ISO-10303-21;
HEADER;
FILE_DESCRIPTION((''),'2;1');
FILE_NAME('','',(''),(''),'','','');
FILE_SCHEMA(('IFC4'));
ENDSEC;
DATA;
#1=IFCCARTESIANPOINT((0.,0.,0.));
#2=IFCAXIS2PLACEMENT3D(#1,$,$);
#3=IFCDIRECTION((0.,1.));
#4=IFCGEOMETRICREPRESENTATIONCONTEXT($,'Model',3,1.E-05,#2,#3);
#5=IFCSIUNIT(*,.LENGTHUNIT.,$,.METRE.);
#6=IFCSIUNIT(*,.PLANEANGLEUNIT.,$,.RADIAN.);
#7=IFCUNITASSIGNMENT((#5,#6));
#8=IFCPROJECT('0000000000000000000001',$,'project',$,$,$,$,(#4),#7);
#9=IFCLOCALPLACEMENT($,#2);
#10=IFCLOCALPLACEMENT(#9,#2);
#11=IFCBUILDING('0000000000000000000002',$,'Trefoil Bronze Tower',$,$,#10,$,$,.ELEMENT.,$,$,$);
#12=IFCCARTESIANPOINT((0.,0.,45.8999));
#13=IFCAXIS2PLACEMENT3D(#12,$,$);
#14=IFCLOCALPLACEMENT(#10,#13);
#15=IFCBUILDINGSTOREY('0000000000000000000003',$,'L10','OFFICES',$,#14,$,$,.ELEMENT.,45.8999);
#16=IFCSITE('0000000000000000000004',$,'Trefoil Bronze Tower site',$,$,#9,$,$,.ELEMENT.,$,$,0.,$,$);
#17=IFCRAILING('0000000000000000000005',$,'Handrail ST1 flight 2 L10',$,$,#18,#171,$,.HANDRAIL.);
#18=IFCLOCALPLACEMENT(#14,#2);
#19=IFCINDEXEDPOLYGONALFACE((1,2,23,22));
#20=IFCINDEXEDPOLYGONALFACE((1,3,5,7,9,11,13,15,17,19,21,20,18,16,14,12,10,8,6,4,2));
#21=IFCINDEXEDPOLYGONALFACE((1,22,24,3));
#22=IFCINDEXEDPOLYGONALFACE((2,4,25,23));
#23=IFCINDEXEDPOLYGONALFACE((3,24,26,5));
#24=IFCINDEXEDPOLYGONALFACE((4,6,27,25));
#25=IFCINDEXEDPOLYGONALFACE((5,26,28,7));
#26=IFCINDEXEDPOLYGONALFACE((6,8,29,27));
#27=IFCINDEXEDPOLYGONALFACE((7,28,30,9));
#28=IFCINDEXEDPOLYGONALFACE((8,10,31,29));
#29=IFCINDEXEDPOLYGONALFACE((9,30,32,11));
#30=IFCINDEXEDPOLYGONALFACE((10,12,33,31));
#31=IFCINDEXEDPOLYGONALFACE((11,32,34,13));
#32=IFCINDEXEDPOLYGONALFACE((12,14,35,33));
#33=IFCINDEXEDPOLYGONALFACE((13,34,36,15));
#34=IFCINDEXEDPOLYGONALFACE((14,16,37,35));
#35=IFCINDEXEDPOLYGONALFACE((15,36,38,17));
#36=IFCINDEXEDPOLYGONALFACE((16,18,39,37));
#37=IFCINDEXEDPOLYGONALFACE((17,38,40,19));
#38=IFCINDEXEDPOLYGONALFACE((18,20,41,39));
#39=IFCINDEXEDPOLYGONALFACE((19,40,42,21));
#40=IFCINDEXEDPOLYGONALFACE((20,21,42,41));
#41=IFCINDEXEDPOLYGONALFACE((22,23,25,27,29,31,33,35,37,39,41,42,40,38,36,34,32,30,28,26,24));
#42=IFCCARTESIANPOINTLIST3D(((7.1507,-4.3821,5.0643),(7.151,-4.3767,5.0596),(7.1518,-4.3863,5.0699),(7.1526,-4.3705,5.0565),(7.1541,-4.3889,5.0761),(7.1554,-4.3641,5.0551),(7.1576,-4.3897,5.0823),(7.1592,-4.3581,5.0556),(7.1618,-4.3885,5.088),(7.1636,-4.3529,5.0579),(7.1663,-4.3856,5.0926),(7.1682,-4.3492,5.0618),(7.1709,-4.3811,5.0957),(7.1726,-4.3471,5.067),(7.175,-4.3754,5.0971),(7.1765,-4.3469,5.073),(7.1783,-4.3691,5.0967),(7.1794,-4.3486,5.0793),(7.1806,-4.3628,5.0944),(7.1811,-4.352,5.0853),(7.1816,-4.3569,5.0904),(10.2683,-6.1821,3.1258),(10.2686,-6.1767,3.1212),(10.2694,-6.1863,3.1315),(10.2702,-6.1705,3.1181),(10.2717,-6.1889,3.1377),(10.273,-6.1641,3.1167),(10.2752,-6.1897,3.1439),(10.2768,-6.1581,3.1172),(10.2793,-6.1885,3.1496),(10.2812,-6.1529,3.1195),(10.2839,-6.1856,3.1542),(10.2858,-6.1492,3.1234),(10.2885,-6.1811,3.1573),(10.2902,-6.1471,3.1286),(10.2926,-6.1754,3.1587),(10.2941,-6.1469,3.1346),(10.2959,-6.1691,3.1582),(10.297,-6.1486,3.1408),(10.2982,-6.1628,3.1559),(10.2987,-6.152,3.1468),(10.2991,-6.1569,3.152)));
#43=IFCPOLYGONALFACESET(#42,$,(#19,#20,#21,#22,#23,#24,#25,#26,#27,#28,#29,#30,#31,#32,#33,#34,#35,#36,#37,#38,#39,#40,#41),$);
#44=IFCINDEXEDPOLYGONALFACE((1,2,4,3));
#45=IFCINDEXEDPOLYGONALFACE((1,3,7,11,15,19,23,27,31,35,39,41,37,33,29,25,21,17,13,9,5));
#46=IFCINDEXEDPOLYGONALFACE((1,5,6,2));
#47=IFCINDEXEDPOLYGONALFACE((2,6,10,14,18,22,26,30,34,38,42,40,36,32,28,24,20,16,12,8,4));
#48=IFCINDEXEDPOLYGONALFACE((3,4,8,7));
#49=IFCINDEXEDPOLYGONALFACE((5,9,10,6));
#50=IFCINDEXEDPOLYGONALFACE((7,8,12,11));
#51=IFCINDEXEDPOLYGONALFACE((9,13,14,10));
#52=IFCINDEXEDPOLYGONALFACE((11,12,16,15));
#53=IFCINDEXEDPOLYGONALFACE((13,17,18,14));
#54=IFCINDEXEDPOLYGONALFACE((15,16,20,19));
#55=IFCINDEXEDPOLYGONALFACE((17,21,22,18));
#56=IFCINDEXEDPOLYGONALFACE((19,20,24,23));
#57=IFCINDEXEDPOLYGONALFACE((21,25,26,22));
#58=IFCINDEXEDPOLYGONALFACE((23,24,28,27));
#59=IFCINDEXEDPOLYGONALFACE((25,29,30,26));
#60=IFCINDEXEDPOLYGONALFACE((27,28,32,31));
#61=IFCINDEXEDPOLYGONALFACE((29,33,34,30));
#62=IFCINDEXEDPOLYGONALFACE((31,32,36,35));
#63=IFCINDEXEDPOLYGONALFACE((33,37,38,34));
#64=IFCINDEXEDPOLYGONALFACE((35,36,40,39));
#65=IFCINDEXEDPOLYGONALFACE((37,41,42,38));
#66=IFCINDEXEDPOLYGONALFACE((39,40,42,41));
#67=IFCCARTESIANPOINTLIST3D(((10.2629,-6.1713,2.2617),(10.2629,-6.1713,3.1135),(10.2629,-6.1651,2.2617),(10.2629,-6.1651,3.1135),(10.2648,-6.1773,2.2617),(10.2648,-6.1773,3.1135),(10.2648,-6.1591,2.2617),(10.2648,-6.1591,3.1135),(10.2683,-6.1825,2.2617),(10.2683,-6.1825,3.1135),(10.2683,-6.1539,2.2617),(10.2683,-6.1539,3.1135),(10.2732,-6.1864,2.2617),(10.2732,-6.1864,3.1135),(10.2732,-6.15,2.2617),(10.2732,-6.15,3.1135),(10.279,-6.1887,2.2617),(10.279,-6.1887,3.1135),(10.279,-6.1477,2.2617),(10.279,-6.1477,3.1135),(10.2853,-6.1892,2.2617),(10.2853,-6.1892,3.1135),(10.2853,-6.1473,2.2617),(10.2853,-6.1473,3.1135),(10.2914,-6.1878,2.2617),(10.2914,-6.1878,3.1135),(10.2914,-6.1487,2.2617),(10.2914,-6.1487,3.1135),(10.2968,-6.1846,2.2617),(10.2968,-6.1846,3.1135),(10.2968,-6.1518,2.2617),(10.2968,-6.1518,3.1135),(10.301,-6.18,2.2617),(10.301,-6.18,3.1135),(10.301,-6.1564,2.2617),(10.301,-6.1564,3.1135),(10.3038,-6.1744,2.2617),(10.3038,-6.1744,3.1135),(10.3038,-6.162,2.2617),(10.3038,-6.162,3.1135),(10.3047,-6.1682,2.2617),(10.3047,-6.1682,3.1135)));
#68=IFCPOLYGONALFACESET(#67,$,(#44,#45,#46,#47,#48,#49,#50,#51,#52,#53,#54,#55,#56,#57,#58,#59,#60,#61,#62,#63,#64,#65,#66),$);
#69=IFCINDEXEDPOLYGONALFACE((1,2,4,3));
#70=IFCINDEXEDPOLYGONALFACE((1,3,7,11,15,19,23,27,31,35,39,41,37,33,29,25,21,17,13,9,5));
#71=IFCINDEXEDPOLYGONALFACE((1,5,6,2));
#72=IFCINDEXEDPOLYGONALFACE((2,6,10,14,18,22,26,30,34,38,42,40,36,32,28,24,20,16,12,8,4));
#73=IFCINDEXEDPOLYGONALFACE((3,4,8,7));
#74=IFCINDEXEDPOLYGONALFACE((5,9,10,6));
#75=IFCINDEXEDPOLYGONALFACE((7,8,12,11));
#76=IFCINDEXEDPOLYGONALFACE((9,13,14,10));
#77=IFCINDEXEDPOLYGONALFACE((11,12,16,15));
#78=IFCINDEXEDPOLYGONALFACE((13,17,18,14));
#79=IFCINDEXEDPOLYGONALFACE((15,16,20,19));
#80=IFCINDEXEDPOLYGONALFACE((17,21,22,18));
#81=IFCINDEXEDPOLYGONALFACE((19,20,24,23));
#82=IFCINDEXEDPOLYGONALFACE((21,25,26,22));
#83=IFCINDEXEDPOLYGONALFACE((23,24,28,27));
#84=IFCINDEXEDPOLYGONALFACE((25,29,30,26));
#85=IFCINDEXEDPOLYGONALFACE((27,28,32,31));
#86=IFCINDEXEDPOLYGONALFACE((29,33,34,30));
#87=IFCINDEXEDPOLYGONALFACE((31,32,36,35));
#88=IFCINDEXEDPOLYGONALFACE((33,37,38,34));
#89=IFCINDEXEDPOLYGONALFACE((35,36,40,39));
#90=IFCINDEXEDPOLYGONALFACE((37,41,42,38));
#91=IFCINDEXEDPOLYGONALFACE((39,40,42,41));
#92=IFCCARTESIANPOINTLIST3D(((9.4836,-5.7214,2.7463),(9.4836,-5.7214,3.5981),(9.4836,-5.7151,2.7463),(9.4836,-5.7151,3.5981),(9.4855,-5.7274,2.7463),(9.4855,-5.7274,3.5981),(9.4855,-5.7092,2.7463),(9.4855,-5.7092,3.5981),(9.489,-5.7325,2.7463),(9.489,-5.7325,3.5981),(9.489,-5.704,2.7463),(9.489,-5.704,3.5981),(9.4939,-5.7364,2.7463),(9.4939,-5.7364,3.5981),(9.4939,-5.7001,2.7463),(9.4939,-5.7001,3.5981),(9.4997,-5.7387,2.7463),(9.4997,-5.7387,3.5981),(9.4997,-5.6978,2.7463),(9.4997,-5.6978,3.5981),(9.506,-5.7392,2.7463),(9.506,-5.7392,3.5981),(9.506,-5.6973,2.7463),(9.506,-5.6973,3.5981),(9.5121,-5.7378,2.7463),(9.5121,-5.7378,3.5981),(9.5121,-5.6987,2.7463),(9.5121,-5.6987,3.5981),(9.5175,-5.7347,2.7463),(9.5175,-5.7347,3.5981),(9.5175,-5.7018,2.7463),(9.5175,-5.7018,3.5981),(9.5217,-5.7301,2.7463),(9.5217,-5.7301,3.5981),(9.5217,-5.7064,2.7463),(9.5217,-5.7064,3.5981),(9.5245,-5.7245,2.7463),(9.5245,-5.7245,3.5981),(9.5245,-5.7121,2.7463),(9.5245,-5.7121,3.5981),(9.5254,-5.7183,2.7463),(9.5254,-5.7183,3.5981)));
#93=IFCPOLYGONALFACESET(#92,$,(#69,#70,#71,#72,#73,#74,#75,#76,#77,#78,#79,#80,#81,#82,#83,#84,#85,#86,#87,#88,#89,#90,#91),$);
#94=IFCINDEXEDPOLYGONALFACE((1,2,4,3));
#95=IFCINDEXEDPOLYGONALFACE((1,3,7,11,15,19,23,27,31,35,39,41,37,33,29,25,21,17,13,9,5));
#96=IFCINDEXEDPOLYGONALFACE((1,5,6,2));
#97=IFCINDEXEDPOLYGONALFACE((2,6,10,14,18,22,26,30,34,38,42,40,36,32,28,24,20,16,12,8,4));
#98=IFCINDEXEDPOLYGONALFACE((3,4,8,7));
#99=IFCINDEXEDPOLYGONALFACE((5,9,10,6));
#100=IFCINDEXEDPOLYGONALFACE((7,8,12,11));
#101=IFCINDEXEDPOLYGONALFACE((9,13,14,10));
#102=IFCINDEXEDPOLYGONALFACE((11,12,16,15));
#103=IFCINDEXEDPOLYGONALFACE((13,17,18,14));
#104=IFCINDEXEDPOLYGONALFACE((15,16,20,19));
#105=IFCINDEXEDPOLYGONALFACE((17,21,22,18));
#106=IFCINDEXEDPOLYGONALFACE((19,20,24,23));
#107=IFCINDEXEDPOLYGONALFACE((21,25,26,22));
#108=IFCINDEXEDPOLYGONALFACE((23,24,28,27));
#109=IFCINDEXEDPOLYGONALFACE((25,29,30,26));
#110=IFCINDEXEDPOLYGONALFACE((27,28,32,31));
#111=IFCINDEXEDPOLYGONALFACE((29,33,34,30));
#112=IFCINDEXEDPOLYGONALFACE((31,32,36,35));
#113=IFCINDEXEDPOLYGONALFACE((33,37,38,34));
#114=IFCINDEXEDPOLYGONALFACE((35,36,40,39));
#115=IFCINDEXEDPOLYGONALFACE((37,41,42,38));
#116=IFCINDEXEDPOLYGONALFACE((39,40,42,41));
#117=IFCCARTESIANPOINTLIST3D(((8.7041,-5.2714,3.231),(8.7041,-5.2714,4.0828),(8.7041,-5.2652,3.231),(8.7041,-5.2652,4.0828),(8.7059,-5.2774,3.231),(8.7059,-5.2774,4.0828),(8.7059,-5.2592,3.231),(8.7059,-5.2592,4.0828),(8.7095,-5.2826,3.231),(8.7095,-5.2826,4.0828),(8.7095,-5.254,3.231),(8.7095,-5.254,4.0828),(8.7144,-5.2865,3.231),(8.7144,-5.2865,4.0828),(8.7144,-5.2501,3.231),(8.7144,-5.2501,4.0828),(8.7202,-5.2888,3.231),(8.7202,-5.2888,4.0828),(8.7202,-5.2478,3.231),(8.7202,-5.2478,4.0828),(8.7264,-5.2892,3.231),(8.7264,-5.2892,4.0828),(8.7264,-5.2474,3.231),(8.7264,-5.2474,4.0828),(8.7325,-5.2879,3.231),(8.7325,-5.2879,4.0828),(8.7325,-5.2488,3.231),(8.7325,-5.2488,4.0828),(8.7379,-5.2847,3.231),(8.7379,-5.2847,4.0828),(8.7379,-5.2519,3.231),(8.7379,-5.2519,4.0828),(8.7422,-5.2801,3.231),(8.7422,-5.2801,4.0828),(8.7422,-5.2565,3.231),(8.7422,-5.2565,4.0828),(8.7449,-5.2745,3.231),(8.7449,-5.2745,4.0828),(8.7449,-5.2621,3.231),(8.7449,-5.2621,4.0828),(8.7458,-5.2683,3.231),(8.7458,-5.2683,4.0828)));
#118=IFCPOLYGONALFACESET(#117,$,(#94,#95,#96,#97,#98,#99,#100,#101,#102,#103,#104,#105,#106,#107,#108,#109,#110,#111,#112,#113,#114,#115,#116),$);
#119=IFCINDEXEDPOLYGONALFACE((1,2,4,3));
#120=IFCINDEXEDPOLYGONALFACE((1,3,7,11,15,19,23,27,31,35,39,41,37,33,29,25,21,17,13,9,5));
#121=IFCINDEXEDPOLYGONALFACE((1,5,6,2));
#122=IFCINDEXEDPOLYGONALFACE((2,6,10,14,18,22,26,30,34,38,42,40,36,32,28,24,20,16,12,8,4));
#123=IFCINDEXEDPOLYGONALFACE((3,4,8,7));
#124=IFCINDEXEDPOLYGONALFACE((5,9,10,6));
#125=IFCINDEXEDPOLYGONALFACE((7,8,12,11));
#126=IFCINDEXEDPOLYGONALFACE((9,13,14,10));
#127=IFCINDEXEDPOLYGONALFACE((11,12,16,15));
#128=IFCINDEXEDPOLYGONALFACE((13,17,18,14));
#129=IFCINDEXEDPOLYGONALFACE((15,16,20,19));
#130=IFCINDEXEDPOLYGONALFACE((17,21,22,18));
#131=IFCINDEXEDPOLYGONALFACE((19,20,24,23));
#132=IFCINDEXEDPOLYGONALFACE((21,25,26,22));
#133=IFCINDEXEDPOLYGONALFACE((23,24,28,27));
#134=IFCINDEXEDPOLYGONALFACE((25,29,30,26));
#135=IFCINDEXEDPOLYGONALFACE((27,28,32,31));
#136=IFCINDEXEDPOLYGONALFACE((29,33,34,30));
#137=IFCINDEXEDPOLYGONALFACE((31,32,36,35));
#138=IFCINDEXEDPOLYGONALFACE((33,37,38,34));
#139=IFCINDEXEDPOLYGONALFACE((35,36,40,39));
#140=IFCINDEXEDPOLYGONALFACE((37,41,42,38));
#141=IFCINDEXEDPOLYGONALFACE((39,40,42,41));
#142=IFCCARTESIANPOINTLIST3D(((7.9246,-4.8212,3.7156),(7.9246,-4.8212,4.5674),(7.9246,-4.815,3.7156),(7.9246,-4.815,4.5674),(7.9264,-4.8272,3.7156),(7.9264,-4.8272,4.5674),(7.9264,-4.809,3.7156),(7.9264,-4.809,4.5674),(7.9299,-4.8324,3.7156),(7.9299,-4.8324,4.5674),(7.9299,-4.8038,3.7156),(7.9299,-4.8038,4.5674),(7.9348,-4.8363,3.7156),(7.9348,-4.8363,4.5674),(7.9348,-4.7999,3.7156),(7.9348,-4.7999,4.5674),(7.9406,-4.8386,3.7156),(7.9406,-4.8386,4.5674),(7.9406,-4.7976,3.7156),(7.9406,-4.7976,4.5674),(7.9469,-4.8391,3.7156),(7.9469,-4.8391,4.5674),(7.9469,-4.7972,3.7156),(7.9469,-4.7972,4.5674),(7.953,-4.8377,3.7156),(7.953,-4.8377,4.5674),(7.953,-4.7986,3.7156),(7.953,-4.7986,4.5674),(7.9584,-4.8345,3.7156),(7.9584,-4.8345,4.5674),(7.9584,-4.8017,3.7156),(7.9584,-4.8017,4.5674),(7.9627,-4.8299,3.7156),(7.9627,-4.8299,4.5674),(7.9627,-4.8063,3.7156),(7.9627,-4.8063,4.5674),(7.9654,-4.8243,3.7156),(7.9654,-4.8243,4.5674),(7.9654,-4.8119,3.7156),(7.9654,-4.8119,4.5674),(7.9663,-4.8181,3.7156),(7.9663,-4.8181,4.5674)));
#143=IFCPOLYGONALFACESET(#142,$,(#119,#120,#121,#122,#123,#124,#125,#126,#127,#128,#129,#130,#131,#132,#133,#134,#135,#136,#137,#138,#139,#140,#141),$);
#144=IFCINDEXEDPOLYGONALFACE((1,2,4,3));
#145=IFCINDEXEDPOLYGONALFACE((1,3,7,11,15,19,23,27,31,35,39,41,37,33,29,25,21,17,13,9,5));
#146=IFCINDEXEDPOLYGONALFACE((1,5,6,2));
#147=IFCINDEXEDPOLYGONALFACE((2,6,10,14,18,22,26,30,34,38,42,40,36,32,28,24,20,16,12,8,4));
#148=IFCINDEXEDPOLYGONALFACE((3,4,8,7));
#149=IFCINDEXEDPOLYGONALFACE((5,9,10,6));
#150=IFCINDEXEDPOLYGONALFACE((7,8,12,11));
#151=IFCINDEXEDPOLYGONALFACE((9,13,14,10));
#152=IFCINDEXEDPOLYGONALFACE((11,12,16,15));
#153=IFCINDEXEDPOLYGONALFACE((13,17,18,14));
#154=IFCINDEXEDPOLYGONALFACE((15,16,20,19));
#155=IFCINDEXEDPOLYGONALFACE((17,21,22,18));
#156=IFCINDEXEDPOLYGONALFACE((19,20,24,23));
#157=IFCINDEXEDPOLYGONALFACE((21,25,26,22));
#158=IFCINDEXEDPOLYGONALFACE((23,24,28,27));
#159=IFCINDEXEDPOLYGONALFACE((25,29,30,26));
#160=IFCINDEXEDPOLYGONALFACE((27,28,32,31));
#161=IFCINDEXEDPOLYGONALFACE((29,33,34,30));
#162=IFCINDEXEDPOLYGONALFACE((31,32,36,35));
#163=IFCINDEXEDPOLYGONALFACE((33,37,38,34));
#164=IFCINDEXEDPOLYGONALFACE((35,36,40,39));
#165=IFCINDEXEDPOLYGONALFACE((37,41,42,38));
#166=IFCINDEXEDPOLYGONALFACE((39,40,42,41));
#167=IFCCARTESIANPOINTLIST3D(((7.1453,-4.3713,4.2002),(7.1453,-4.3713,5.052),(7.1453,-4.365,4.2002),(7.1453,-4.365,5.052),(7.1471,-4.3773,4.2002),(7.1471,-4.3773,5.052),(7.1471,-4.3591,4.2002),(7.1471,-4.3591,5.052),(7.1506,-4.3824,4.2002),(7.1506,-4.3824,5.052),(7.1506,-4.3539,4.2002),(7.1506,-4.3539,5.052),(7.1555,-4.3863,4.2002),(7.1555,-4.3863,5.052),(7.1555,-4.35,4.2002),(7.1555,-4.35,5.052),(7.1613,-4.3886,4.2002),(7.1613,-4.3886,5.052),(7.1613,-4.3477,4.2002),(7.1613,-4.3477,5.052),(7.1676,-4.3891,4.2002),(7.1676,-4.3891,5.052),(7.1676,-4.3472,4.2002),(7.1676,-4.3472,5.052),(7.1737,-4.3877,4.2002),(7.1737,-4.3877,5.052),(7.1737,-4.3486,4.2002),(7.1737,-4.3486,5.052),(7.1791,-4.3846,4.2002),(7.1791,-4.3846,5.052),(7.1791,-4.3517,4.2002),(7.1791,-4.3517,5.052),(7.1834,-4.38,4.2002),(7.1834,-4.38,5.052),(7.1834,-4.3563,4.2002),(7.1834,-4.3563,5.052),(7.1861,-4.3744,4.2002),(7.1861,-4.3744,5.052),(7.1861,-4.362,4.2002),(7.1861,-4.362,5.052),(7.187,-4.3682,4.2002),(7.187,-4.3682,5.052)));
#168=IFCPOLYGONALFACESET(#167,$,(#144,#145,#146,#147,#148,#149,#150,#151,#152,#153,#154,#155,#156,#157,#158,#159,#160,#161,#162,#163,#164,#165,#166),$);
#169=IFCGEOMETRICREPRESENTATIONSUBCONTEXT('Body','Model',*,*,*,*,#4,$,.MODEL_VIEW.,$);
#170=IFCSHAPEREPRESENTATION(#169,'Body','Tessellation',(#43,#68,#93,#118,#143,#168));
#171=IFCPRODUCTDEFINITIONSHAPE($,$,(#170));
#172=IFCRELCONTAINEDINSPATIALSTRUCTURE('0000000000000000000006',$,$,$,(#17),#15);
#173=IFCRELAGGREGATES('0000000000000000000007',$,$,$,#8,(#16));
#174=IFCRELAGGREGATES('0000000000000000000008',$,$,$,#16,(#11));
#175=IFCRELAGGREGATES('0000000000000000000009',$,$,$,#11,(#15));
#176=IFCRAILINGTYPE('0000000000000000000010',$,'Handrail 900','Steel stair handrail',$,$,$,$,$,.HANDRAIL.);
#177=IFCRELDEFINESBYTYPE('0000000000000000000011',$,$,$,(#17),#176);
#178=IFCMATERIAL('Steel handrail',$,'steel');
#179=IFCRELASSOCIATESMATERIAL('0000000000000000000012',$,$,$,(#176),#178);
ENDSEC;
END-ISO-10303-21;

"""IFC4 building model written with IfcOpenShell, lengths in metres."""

from ifc_helpers import new_model, si_unit, direction, frame, origin, origin_2d, place, context, subcontext, project, spatial, circle, extrude, material, type_object, element, save


model = new_model("IFC4")

# Units and contexts
model_context = context("Model", 3, precision=1e-05, world=origin(), true_north=direction((0.0, 1.0)))
body_context = subcontext(model_context, "Body", "Model", "MODEL_VIEW")
ifc_project = project(units=[si_unit("LENGTHUNIT", "METRE"), si_unit("PLANEANGLEUNIT", "RADIAN")], contexts=[model_context])

# Site, building, storey
site_placement = place(None, origin())
site = spatial("IfcSite", under=ifc_project, at=site_placement, Name="Trefoil Bronze Tower site", CompositionType="ELEMENT", RefElevation=0.0)
building_placement = place(site_placement, origin())
building = spatial("IfcBuilding", under=site, at=building_placement, Name="Trefoil Bronze Tower", CompositionType="ELEMENT")
storey_placement = place(building_placement, frame((0.0, 0.0, 45.8999)))
storey = spatial("IfcBuildingStorey", under=building, at=storey_placement, Name="L10", Description="OFFICES", CompositionType="ELEMENT", Elevation=45.8999)

# Railing
ifc_material_1 = material(Name="Steel handrail", Category="steel")
railing_type = type_object("IfcRailingType", Name="Handrail 900", Description="Steel stair handrail", PredefinedType="HANDRAIL", material=ifc_material_1)
railing_placement = place(storey_placement, frame((10.2837, -6.1682, 2.2617)))
element("IfcRailing", 1, at=railing_placement, inside=storey, type_object=railing_type, Name="Handrail ST1 flight 2 L10", PredefinedType="HANDRAIL", context=body_context, shape_type="SweptSolid", body=[
    extrude(circle(Radius=0.0239, at=origin_2d()), frame((0.0, 0.0, 0.876), z_axis=(-0.762503, 0.440246, 0.474102), x_axis=(-0.500012, -0.866018, 0.0)), (0.0, 0.0, 1.0), 4.0886),
    extrude(circle(Radius=0.021, at=origin_2d()), origin(), (0.0, 0.0, 1.0), 0.8518),
    extrude(circle(Radius=0.021, at=origin_2d()), frame((-0.7793, 0.45, 0.4846)), (0.0, 0.0, 1.0), 0.8518),
    extrude(circle(Radius=0.021, at=origin_2d()), frame((-1.5588, 0.8999, 0.9692)), (0.0, 0.0, 1.0), 0.8518),
    extrude(circle(Radius=0.021, at=origin_2d()), frame((-2.3384, 1.3501, 1.4539)), (0.0, 0.0, 1.0), 0.8518),
    extrude(circle(Radius=0.021, at=origin_2d()), frame((-3.1177, 1.8, 1.9385)), (0.0, 0.0, 1.0), 0.8518),
])

save(model, "model.ifc")
